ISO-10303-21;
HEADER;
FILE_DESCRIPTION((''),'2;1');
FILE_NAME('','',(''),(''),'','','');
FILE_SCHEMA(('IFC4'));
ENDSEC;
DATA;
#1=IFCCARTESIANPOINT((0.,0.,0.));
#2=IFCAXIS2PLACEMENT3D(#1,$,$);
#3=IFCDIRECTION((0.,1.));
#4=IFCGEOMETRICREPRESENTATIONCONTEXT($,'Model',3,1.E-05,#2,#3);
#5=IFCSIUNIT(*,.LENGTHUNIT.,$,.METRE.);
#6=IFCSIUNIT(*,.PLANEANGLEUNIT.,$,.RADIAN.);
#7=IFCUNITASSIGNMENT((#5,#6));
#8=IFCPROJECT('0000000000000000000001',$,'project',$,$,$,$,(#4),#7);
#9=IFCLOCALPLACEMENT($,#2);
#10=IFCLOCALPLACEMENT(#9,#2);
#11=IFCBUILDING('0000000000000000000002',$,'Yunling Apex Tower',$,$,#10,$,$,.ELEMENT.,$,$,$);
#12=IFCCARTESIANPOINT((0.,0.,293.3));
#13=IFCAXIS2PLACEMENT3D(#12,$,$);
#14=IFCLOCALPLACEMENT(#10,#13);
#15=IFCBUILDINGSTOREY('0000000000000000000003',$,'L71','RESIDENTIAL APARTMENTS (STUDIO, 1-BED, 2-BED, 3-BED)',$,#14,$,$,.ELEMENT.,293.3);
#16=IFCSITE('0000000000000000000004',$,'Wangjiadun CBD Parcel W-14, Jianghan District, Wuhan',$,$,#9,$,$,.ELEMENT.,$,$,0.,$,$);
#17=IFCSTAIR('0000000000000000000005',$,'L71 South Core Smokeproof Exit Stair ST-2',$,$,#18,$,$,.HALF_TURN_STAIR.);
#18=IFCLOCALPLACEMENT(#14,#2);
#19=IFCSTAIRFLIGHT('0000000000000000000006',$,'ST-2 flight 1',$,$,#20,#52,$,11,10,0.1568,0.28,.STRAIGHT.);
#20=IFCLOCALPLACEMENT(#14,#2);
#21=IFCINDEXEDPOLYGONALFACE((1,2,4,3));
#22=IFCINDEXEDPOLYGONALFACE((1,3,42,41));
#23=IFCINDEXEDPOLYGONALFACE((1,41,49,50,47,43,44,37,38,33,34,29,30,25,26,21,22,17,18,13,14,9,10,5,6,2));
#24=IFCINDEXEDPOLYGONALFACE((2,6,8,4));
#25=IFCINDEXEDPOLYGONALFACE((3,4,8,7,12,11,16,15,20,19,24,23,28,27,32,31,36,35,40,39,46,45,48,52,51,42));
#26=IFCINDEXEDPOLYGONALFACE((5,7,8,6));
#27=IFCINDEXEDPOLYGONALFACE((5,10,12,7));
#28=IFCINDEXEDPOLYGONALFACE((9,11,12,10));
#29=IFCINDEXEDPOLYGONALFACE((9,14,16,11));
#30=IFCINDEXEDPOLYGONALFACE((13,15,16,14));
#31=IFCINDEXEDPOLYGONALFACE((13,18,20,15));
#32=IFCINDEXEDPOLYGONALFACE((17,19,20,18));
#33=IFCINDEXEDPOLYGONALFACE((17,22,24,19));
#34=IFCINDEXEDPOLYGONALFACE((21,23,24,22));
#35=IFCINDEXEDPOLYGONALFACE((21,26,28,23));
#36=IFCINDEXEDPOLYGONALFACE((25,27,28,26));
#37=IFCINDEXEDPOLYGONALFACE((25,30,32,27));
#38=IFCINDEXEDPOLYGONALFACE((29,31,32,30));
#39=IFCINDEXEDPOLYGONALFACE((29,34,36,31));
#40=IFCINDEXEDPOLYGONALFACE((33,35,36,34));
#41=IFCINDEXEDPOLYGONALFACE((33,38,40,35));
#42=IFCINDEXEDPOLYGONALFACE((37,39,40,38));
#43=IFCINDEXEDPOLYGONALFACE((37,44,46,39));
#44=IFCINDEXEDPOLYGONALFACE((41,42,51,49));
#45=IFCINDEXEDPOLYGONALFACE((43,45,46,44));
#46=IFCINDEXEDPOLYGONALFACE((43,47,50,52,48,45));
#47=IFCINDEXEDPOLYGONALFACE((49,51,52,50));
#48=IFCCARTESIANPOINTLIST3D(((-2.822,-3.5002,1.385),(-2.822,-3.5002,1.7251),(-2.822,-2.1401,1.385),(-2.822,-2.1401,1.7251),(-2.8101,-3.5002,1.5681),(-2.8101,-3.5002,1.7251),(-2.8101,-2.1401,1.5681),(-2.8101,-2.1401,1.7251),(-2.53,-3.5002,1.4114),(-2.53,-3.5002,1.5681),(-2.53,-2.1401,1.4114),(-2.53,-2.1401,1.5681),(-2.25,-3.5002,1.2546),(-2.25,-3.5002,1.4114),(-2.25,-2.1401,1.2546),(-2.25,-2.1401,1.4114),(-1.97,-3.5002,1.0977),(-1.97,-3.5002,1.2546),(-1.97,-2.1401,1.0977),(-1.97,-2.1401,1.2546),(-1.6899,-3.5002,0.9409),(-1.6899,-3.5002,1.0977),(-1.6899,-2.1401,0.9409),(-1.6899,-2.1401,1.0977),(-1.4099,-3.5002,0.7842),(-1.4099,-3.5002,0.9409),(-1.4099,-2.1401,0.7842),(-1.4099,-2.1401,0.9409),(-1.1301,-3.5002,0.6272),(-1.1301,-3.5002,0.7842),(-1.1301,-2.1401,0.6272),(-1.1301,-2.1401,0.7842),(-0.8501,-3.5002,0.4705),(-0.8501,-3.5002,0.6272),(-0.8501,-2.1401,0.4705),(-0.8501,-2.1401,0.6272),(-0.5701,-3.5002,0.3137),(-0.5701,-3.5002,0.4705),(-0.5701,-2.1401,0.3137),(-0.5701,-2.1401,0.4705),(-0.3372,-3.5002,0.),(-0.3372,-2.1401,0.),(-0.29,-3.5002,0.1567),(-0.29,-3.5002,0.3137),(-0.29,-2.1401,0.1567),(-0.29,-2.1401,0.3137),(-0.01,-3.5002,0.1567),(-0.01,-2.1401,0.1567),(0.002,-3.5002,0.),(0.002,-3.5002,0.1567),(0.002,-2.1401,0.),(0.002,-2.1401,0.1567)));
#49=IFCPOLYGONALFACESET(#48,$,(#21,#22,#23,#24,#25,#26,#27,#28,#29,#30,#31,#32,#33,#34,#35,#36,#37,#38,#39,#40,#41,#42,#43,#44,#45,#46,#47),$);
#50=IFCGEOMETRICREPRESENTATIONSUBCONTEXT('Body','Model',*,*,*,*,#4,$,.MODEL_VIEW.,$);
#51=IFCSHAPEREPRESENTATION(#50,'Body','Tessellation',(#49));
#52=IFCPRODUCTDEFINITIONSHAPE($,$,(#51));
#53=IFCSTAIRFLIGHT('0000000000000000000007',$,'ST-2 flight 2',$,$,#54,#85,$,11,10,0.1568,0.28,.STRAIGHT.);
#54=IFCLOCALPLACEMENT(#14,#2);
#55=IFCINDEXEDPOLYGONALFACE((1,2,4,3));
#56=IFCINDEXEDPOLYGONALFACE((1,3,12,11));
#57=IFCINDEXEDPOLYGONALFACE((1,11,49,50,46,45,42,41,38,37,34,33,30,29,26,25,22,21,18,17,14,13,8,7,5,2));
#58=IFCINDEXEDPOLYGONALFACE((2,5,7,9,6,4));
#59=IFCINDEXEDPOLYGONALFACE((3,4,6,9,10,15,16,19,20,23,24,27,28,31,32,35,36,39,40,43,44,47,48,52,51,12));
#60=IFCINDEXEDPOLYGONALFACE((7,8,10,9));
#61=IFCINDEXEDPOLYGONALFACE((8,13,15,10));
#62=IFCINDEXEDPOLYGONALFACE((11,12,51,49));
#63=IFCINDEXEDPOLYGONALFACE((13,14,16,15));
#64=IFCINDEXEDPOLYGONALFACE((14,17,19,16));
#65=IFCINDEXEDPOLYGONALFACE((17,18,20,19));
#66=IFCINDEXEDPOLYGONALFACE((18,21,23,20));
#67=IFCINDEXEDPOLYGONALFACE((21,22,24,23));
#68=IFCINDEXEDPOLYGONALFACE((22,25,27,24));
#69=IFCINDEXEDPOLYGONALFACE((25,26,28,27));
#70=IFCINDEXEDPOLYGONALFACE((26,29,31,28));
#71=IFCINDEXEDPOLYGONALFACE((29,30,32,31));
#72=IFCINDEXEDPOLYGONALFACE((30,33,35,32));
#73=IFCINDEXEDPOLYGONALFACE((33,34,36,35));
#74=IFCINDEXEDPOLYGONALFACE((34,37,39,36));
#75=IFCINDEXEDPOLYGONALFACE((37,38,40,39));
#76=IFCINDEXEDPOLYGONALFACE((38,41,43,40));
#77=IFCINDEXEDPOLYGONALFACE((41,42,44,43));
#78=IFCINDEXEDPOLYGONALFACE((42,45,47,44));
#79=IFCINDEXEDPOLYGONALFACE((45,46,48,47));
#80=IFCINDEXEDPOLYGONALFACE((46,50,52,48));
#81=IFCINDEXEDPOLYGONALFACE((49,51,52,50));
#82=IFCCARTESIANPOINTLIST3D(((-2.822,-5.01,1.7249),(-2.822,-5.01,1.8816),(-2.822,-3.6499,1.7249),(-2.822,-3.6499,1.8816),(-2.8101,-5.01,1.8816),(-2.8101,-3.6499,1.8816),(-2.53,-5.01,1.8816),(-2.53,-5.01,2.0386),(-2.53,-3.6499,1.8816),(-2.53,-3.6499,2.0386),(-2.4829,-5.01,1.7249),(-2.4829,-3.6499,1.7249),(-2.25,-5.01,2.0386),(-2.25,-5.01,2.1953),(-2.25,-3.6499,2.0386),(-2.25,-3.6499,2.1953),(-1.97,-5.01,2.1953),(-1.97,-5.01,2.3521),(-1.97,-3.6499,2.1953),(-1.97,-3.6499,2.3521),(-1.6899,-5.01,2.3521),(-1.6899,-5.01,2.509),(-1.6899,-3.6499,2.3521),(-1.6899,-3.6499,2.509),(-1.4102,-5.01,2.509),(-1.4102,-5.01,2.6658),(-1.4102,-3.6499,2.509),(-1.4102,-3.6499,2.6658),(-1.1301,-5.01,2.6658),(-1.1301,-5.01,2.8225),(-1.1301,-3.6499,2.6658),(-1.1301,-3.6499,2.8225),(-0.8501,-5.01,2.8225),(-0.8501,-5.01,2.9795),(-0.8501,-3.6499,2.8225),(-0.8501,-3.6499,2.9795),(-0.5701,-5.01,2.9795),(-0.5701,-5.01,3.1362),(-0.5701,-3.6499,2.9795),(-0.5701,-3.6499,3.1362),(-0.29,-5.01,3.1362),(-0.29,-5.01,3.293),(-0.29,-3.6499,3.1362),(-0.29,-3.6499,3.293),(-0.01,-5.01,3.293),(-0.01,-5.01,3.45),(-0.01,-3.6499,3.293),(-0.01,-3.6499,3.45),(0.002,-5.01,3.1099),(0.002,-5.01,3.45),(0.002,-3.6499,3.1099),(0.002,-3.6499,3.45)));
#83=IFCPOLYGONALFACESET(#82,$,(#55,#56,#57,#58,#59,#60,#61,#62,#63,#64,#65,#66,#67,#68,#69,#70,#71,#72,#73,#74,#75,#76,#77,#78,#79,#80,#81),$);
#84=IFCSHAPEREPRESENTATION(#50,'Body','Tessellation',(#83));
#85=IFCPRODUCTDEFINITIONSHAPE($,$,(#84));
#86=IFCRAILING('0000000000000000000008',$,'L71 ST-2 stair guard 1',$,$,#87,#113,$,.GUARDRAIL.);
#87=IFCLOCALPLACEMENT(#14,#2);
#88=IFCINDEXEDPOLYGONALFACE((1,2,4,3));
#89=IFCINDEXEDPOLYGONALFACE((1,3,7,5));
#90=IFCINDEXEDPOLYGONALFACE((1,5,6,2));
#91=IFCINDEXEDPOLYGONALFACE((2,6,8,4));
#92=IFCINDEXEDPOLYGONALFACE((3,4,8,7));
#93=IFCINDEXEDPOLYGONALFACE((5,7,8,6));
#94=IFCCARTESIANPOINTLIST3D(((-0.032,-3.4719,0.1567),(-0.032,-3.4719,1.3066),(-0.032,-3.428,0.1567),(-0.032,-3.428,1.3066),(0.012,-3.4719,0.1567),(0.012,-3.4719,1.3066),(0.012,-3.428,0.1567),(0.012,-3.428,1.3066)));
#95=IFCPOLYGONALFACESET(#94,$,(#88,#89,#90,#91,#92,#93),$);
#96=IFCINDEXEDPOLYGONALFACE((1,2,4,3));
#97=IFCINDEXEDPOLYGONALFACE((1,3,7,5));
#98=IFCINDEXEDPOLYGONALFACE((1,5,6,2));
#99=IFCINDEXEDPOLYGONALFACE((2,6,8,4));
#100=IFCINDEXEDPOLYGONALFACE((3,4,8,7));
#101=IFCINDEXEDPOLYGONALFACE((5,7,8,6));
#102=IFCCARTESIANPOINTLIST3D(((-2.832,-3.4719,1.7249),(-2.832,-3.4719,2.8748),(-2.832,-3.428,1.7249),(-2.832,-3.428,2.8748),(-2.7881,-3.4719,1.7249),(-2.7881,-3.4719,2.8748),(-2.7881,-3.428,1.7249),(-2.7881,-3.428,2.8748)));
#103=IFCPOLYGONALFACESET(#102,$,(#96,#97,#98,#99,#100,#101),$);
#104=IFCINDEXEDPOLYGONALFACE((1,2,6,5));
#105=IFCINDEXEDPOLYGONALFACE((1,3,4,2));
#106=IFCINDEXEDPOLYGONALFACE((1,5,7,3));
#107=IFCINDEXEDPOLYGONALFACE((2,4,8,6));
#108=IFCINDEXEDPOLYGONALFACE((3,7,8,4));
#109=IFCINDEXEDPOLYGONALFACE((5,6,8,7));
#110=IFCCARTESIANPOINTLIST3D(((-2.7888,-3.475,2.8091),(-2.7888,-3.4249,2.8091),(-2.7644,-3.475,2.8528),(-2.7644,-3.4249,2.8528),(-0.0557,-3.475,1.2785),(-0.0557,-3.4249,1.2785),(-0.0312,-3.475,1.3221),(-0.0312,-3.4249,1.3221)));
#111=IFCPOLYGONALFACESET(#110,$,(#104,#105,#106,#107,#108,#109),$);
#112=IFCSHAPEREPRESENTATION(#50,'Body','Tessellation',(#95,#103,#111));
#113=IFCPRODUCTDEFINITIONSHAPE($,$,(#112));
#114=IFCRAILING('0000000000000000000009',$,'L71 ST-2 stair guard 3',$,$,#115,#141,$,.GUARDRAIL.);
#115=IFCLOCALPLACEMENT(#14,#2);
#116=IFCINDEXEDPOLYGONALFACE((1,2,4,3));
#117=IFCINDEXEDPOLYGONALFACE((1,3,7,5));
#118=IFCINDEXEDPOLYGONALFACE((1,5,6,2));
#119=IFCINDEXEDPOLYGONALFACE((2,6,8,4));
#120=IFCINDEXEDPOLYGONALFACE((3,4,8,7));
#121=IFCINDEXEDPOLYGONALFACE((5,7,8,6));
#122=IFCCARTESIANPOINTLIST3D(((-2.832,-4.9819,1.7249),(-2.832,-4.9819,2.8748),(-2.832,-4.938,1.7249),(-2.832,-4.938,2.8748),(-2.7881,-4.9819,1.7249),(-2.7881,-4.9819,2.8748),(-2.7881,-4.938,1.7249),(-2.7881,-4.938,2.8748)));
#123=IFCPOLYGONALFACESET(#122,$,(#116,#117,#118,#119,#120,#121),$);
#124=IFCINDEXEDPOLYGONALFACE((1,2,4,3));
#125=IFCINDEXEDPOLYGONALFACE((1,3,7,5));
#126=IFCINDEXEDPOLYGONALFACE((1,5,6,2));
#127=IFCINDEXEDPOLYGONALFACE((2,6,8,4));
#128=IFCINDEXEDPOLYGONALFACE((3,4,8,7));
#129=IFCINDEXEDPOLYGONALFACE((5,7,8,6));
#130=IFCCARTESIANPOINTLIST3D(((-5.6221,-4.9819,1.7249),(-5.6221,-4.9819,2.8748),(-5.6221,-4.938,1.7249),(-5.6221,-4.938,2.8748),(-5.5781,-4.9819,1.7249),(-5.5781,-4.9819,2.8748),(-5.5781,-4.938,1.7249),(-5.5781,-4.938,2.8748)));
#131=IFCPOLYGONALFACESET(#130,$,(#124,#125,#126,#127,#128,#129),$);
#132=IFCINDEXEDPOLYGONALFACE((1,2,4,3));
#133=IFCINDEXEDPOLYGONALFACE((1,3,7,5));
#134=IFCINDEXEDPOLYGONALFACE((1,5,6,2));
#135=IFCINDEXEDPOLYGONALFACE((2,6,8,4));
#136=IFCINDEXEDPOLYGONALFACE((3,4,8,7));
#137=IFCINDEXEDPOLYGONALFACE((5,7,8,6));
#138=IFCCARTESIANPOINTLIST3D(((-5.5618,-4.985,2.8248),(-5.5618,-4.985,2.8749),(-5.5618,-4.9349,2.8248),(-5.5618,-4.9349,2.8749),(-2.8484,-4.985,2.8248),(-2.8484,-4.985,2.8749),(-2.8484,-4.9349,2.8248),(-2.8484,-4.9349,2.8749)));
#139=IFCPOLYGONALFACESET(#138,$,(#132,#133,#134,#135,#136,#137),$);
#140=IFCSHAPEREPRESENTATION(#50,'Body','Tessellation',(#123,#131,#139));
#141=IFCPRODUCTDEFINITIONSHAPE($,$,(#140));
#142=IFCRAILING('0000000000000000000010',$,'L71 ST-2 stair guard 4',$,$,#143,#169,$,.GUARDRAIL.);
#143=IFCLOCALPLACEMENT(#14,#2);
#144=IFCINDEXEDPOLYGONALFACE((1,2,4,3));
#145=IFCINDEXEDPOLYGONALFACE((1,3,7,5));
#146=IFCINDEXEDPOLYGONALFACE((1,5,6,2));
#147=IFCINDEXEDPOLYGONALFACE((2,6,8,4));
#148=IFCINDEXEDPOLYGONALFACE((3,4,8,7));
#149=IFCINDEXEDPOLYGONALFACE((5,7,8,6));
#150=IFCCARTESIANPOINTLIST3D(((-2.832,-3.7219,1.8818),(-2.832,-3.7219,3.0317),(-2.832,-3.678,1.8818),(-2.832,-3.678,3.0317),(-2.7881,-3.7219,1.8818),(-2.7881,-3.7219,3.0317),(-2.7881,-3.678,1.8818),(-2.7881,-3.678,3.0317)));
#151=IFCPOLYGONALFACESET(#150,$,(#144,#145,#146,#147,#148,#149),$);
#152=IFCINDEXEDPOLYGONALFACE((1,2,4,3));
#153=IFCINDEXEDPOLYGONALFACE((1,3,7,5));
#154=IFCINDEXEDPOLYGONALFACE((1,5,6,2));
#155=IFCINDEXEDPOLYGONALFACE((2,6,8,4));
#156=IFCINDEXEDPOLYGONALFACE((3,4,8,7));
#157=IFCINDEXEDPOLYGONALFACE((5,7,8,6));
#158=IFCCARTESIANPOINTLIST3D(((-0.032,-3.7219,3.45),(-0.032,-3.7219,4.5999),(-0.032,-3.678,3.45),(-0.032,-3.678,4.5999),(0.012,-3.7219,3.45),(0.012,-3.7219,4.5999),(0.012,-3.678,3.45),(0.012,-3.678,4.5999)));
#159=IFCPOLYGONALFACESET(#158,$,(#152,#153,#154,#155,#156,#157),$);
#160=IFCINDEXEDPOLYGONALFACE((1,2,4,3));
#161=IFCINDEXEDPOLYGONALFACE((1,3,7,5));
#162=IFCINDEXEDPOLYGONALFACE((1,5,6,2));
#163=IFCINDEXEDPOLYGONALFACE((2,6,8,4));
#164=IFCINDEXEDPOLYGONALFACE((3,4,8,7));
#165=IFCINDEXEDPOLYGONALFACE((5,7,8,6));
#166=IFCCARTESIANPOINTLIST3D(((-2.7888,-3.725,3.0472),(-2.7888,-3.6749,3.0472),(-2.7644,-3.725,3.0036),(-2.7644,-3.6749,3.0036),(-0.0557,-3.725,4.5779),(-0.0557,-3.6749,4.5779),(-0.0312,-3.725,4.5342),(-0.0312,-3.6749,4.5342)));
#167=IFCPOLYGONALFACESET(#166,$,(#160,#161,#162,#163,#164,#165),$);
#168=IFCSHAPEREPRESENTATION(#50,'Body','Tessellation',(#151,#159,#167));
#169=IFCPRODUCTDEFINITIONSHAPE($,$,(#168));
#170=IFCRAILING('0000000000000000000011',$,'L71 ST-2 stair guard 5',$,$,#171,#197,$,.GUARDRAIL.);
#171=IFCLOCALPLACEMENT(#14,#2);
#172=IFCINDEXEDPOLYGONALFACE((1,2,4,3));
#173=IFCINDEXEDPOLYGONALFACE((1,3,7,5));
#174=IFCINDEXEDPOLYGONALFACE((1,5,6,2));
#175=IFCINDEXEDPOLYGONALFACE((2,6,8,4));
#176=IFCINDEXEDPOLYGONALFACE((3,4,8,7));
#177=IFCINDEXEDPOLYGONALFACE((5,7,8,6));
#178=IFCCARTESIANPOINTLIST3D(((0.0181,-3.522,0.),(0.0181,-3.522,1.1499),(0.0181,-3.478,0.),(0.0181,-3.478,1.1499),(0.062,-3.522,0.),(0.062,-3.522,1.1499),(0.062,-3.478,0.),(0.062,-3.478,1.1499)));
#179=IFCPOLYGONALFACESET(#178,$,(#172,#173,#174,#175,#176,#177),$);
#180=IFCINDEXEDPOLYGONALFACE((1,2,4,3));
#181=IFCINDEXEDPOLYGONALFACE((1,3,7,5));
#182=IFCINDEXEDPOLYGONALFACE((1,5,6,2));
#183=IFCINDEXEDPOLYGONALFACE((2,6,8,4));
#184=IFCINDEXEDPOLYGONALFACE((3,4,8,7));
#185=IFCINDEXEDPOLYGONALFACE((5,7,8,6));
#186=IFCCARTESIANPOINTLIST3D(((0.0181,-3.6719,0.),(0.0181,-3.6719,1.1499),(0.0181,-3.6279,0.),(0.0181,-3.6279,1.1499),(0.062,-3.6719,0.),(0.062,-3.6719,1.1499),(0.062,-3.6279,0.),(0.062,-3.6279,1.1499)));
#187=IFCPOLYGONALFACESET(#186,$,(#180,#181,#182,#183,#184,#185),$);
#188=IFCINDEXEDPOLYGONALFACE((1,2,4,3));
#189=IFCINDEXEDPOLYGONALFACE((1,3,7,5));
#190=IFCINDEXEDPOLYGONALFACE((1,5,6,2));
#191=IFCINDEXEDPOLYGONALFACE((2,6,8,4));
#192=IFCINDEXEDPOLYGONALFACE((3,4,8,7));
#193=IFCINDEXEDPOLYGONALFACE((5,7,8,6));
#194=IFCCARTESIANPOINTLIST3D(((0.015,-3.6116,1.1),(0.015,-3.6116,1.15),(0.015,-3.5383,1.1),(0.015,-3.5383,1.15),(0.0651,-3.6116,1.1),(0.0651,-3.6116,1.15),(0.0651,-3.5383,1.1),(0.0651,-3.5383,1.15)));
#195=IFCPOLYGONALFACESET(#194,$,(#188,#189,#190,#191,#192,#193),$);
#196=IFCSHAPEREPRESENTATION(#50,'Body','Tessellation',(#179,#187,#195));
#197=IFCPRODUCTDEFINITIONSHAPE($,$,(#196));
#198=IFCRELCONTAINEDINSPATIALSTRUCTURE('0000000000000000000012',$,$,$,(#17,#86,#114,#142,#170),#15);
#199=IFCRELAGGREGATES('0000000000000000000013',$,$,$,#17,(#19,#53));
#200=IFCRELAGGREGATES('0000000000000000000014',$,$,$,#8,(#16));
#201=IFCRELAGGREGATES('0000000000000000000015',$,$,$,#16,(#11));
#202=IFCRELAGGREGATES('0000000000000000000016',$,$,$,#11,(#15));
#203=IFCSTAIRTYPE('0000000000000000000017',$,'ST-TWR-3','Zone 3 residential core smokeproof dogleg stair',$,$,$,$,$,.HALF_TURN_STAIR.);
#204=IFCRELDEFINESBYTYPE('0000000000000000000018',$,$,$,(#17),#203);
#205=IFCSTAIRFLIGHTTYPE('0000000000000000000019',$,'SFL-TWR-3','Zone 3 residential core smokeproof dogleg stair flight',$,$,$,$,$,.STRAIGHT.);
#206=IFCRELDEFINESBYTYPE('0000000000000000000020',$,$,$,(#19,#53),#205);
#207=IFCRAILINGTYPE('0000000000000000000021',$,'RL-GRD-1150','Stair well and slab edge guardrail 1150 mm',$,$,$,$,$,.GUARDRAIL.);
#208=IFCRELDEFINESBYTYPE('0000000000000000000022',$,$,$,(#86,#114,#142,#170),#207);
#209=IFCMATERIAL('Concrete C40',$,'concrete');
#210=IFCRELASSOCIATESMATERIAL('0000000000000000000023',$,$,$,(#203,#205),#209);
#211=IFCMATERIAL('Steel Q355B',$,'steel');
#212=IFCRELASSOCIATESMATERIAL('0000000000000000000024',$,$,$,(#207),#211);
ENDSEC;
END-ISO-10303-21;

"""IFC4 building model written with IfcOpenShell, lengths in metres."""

from ifc_helpers import new_model, si_unit, direction, frame, origin, origin_2d, place, context, subcontext, project, spatial, polyline, rectangle, outline, extrude, material, type_object, element, aggregate, save


model = new_model("IFC4")

# Units and contexts
model_context = context("Model", 3, precision=1e-05, world=origin(), true_north=direction((0.0, 1.0)))
body_context = subcontext(model_context, "Body", "Model", "MODEL_VIEW")
ifc_project = project(units=[si_unit("LENGTHUNIT", "METRE"), si_unit("PLANEANGLEUNIT", "RADIAN")], contexts=[model_context])

# Site, building, storey
site_placement = place(None, origin())
site = spatial("IfcSite", under=ifc_project, at=site_placement, Name="Wangjiadun CBD Parcel W-14, Jianghan District, Wuhan", CompositionType="ELEMENT", RefElevation=0.0)
building_placement = place(site_placement, origin())
building = spatial("IfcBuilding", under=site, at=building_placement, Name="Yunling Apex Tower", CompositionType="ELEMENT")
storey_placement = place(building_placement, frame((0.0, 0.0, 293.3)))
storey = spatial("IfcBuildingStorey", under=building, at=storey_placement, Name="L71", Description="RESIDENTIAL APARTMENTS (STUDIO, 1-BED, 2-BED, 3-BED)", CompositionType="ELEMENT", Elevation=293.3)

# Shared definitions
ifc_material_1 = material(Name="Steel Q355B", Category="steel")

# Shared definitions
ifc_material_2 = material(Name="Concrete C40", Category="concrete")

# Stair, stair flights
stair_type = type_object("IfcStairType", Name="ST-TWR-3", Description="Zone 3 residential core smokeproof dogleg stair", PredefinedType="HALF_TURN_STAIR", material=ifc_material_2)
stair_placement = place(storey_placement, origin())
stair = element("IfcStair", 1, at=stair_placement, inside=storey, type_object=stair_type, Name="L71 South Core Smokeproof Exit Stair ST-2", PredefinedType="HALF_TURN_STAIR")
stair_flight_type = type_object("IfcStairFlightType", Name="SFL-TWR-3", Description="Zone 3 residential core smokeproof dogleg stair flight", PredefinedType="STRAIGHT", material=ifc_material_2)
stair_flight_1_placement = place(storey_placement, frame((-0.01, -2.8201, 0.0), z_axis=(0.0, 0.0, 1.0), x_axis=(-1.0, 0.0, 0.0)))
stair_flight_1 = element("IfcStairFlight", 2, at=stair_flight_1_placement, type_object=stair_flight_type, Name="ST-2 flight 1", NumberOfRisers=11, NumberOfTreads=10, PredefinedType="STRAIGHT", RiserHeight=0.1568, TreadLength=0.28, context=body_context, shape_type="SweptSolid", body=[
    extrude(outline(polyline([(-0.012, 0.0), (-0.012, 0.1567), (0.0, 0.1567), (0.28, 0.1567), (0.28, 0.3137), (0.5601, 0.3137), (0.5601, 0.4705), (0.8401, 0.4705), (0.8401, 0.6272), (1.1201, 0.6272), (1.1201, 0.7842), (1.3999, 0.7842), (1.3999, 0.9409), (1.6799, 0.9409), (1.6799, 1.0977), (1.96, 1.0977), (1.96, 1.2546), (2.24, 1.2546), (2.24, 1.4114), (2.52, 1.4114), (2.52, 1.5681), (2.8, 1.5681), (2.8, 1.7251), (2.812, 1.7251), (2.812, 1.385), (0.3271, 0.0), (-0.012, 0.0)])), frame((0.0, 0.6802, 0.0), z_axis=(0.0, -1.0, 0.0), x_axis=(1.0, 0.0, 0.0)), (0.0, 0.0, 1.0), 1.3601),
])
stair_flight_2_placement = place(storey_placement, frame((-2.8101, -4.3301, 1.7249), z_axis=(0.0, 0.0, 1.0), x_axis=(1.0, 0.0, 0.0)))
stair_flight_2 = element("IfcStairFlight", 3, at=stair_flight_2_placement, type_object=stair_flight_type, Name="ST-2 flight 2", NumberOfRisers=11, NumberOfTreads=10, PredefinedType="STRAIGHT", RiserHeight=0.1568, TreadLength=0.28, context=body_context, shape_type="SweptSolid", body=[
    extrude(outline(polyline([(-0.012, 0.0), (-0.012, 0.1567), (0.0, 0.1567), (0.28, 0.1567), (0.28, 0.3137), (0.5601, 0.3137), (0.5601, 0.4705), (0.8401, 0.4705), (0.8401, 0.6272), (1.1201, 0.6272), (1.1201, 0.7842), (1.3999, 0.7842), (1.3999, 0.9409), (1.6799, 0.9409), (1.6799, 1.0977), (1.96, 1.0977), (1.96, 1.2546), (2.24, 1.2546), (2.24, 1.4114), (2.52, 1.4114), (2.52, 1.5681), (2.8, 1.5681), (2.8, 1.7251), (2.812, 1.7251), (2.812, 1.385), (0.3271, 0.0), (-0.012, 0.0)])), frame((0.0, 0.6802, 0.0), z_axis=(0.0, -1.0, 0.0), x_axis=(1.0, 0.0, 0.0)), (0.0, 0.0, 1.0), 1.3601),
])
aggregate(stair, [stair_flight_1, stair_flight_2])

# Railings
railing_type_1 = type_object("IfcRailingType", Name="RL-GRD-1150", Description="Stair well and slab edge guardrail 1150 mm", PredefinedType="GUARDRAIL", material=ifc_material_1)
railing_1_placement = place(storey_placement, frame((-0.01, -3.45, 0.1567)))
element("IfcRailing", 4, at=railing_1_placement, inside=storey, type_object=railing_type_1, Name="L71 ST-2 stair guard 1", PredefinedType="GUARDRAIL", context=body_context, shape_type="SweptSolid", body=[
    extrude(rectangle(XDim=0.0439, YDim=0.0439, at=origin_2d()), origin(), (0.0, 0.0, 1.0), 1.1499),
    extrude(rectangle(XDim=0.0439, YDim=0.0439, at=origin_2d()), frame((-2.8, 0.0, 1.5681)), (0.0, 0.0, 1.0), 1.1499),
    extrude(rectangle(XDim=0.05, YDim=0.05, at=origin_2d()), frame((-0.0334, 0.0, 1.1436), z_axis=(-0.872494, 0.0, 0.488624), x_axis=(0.0, -1.0, 0.0)), (0.0, 0.0, 1.0), 3.1326),
])
railing_2_placement = place(storey_placement, frame((-2.8101, -4.96, 1.7249)))
element("IfcRailing", 5, at=railing_2_placement, inside=storey, type_object=railing_type_1, Name="L71 ST-2 stair guard 3", PredefinedType="GUARDRAIL", context=body_context, shape_type="SweptSolid", body=[
    extrude(rectangle(XDim=0.0439, YDim=0.0439, at=origin_2d()), origin(), (0.0, 0.0, 1.0), 1.1499),
    extrude(rectangle(XDim=0.0439, YDim=0.0439, at=origin_2d()), frame((-2.79, 0.0, 0.0)), (0.0, 0.0, 1.0), 1.1499),
    extrude(rectangle(XDim=0.05, YDim=0.05, at=origin_2d()), frame((-0.0383, 0.0, 1.125), z_axis=(-1.0, 0.0, 0.0), x_axis=(0.0, -1.0, 0.0)), (0.0, 0.0, 1.0), 2.7134),
])
railing_3_placement = place(storey_placement, frame((-2.8101, -3.7, 1.8818)))
element("IfcRailing", 6, at=railing_3_placement, inside=storey, type_object=railing_type_1, Name="L71 ST-2 stair guard 4", PredefinedType="GUARDRAIL", context=body_context, shape_type="SweptSolid", body=[
    extrude(rectangle(XDim=0.0439, YDim=0.0439, at=origin_2d()), origin(), (0.0, 0.0, 1.0), 1.1499),
    extrude(rectangle(XDim=0.0439, YDim=0.0439, at=origin_2d()), frame((2.8, 0.0, 1.5681)), (0.0, 0.0, 1.0), 1.1499),
    extrude(rectangle(XDim=0.05, YDim=0.05, at=origin_2d()), frame((0.0334, 0.0, 1.1436), z_axis=(0.872494, 0.0, 0.488624), x_axis=(0.0, 1.0, 0.0)), (0.0, 0.0, 1.0), 3.1326),
])
railing_4_placement = place(storey_placement, frame((0.04, -3.5, 0.0)))
element("IfcRailing", 7, at=railing_4_placement, inside=storey, type_object=railing_type_1, Name="L71 ST-2 stair guard 5", PredefinedType="GUARDRAIL", context=body_context, shape_type="SweptSolid", body=[
    extrude(rectangle(XDim=0.0439, YDim=0.0439, at=origin_2d()), origin(), (0.0, 0.0, 1.0), 1.1499),
    extrude(rectangle(XDim=0.0439, YDim=0.0439, at=origin_2d()), frame((0.0, -0.1499, 0.0)), (0.0, 0.0, 1.0), 1.1499),
    extrude(rectangle(XDim=0.05, YDim=0.05, at=origin_2d()), frame((0.0, -0.0383, 1.125), z_axis=(0.0, -1.0, 0.0), x_axis=(1.0, 0.0, 0.0)), (0.0, 0.0, 1.0), 0.0732),
])

save(model, "model.ifc")
